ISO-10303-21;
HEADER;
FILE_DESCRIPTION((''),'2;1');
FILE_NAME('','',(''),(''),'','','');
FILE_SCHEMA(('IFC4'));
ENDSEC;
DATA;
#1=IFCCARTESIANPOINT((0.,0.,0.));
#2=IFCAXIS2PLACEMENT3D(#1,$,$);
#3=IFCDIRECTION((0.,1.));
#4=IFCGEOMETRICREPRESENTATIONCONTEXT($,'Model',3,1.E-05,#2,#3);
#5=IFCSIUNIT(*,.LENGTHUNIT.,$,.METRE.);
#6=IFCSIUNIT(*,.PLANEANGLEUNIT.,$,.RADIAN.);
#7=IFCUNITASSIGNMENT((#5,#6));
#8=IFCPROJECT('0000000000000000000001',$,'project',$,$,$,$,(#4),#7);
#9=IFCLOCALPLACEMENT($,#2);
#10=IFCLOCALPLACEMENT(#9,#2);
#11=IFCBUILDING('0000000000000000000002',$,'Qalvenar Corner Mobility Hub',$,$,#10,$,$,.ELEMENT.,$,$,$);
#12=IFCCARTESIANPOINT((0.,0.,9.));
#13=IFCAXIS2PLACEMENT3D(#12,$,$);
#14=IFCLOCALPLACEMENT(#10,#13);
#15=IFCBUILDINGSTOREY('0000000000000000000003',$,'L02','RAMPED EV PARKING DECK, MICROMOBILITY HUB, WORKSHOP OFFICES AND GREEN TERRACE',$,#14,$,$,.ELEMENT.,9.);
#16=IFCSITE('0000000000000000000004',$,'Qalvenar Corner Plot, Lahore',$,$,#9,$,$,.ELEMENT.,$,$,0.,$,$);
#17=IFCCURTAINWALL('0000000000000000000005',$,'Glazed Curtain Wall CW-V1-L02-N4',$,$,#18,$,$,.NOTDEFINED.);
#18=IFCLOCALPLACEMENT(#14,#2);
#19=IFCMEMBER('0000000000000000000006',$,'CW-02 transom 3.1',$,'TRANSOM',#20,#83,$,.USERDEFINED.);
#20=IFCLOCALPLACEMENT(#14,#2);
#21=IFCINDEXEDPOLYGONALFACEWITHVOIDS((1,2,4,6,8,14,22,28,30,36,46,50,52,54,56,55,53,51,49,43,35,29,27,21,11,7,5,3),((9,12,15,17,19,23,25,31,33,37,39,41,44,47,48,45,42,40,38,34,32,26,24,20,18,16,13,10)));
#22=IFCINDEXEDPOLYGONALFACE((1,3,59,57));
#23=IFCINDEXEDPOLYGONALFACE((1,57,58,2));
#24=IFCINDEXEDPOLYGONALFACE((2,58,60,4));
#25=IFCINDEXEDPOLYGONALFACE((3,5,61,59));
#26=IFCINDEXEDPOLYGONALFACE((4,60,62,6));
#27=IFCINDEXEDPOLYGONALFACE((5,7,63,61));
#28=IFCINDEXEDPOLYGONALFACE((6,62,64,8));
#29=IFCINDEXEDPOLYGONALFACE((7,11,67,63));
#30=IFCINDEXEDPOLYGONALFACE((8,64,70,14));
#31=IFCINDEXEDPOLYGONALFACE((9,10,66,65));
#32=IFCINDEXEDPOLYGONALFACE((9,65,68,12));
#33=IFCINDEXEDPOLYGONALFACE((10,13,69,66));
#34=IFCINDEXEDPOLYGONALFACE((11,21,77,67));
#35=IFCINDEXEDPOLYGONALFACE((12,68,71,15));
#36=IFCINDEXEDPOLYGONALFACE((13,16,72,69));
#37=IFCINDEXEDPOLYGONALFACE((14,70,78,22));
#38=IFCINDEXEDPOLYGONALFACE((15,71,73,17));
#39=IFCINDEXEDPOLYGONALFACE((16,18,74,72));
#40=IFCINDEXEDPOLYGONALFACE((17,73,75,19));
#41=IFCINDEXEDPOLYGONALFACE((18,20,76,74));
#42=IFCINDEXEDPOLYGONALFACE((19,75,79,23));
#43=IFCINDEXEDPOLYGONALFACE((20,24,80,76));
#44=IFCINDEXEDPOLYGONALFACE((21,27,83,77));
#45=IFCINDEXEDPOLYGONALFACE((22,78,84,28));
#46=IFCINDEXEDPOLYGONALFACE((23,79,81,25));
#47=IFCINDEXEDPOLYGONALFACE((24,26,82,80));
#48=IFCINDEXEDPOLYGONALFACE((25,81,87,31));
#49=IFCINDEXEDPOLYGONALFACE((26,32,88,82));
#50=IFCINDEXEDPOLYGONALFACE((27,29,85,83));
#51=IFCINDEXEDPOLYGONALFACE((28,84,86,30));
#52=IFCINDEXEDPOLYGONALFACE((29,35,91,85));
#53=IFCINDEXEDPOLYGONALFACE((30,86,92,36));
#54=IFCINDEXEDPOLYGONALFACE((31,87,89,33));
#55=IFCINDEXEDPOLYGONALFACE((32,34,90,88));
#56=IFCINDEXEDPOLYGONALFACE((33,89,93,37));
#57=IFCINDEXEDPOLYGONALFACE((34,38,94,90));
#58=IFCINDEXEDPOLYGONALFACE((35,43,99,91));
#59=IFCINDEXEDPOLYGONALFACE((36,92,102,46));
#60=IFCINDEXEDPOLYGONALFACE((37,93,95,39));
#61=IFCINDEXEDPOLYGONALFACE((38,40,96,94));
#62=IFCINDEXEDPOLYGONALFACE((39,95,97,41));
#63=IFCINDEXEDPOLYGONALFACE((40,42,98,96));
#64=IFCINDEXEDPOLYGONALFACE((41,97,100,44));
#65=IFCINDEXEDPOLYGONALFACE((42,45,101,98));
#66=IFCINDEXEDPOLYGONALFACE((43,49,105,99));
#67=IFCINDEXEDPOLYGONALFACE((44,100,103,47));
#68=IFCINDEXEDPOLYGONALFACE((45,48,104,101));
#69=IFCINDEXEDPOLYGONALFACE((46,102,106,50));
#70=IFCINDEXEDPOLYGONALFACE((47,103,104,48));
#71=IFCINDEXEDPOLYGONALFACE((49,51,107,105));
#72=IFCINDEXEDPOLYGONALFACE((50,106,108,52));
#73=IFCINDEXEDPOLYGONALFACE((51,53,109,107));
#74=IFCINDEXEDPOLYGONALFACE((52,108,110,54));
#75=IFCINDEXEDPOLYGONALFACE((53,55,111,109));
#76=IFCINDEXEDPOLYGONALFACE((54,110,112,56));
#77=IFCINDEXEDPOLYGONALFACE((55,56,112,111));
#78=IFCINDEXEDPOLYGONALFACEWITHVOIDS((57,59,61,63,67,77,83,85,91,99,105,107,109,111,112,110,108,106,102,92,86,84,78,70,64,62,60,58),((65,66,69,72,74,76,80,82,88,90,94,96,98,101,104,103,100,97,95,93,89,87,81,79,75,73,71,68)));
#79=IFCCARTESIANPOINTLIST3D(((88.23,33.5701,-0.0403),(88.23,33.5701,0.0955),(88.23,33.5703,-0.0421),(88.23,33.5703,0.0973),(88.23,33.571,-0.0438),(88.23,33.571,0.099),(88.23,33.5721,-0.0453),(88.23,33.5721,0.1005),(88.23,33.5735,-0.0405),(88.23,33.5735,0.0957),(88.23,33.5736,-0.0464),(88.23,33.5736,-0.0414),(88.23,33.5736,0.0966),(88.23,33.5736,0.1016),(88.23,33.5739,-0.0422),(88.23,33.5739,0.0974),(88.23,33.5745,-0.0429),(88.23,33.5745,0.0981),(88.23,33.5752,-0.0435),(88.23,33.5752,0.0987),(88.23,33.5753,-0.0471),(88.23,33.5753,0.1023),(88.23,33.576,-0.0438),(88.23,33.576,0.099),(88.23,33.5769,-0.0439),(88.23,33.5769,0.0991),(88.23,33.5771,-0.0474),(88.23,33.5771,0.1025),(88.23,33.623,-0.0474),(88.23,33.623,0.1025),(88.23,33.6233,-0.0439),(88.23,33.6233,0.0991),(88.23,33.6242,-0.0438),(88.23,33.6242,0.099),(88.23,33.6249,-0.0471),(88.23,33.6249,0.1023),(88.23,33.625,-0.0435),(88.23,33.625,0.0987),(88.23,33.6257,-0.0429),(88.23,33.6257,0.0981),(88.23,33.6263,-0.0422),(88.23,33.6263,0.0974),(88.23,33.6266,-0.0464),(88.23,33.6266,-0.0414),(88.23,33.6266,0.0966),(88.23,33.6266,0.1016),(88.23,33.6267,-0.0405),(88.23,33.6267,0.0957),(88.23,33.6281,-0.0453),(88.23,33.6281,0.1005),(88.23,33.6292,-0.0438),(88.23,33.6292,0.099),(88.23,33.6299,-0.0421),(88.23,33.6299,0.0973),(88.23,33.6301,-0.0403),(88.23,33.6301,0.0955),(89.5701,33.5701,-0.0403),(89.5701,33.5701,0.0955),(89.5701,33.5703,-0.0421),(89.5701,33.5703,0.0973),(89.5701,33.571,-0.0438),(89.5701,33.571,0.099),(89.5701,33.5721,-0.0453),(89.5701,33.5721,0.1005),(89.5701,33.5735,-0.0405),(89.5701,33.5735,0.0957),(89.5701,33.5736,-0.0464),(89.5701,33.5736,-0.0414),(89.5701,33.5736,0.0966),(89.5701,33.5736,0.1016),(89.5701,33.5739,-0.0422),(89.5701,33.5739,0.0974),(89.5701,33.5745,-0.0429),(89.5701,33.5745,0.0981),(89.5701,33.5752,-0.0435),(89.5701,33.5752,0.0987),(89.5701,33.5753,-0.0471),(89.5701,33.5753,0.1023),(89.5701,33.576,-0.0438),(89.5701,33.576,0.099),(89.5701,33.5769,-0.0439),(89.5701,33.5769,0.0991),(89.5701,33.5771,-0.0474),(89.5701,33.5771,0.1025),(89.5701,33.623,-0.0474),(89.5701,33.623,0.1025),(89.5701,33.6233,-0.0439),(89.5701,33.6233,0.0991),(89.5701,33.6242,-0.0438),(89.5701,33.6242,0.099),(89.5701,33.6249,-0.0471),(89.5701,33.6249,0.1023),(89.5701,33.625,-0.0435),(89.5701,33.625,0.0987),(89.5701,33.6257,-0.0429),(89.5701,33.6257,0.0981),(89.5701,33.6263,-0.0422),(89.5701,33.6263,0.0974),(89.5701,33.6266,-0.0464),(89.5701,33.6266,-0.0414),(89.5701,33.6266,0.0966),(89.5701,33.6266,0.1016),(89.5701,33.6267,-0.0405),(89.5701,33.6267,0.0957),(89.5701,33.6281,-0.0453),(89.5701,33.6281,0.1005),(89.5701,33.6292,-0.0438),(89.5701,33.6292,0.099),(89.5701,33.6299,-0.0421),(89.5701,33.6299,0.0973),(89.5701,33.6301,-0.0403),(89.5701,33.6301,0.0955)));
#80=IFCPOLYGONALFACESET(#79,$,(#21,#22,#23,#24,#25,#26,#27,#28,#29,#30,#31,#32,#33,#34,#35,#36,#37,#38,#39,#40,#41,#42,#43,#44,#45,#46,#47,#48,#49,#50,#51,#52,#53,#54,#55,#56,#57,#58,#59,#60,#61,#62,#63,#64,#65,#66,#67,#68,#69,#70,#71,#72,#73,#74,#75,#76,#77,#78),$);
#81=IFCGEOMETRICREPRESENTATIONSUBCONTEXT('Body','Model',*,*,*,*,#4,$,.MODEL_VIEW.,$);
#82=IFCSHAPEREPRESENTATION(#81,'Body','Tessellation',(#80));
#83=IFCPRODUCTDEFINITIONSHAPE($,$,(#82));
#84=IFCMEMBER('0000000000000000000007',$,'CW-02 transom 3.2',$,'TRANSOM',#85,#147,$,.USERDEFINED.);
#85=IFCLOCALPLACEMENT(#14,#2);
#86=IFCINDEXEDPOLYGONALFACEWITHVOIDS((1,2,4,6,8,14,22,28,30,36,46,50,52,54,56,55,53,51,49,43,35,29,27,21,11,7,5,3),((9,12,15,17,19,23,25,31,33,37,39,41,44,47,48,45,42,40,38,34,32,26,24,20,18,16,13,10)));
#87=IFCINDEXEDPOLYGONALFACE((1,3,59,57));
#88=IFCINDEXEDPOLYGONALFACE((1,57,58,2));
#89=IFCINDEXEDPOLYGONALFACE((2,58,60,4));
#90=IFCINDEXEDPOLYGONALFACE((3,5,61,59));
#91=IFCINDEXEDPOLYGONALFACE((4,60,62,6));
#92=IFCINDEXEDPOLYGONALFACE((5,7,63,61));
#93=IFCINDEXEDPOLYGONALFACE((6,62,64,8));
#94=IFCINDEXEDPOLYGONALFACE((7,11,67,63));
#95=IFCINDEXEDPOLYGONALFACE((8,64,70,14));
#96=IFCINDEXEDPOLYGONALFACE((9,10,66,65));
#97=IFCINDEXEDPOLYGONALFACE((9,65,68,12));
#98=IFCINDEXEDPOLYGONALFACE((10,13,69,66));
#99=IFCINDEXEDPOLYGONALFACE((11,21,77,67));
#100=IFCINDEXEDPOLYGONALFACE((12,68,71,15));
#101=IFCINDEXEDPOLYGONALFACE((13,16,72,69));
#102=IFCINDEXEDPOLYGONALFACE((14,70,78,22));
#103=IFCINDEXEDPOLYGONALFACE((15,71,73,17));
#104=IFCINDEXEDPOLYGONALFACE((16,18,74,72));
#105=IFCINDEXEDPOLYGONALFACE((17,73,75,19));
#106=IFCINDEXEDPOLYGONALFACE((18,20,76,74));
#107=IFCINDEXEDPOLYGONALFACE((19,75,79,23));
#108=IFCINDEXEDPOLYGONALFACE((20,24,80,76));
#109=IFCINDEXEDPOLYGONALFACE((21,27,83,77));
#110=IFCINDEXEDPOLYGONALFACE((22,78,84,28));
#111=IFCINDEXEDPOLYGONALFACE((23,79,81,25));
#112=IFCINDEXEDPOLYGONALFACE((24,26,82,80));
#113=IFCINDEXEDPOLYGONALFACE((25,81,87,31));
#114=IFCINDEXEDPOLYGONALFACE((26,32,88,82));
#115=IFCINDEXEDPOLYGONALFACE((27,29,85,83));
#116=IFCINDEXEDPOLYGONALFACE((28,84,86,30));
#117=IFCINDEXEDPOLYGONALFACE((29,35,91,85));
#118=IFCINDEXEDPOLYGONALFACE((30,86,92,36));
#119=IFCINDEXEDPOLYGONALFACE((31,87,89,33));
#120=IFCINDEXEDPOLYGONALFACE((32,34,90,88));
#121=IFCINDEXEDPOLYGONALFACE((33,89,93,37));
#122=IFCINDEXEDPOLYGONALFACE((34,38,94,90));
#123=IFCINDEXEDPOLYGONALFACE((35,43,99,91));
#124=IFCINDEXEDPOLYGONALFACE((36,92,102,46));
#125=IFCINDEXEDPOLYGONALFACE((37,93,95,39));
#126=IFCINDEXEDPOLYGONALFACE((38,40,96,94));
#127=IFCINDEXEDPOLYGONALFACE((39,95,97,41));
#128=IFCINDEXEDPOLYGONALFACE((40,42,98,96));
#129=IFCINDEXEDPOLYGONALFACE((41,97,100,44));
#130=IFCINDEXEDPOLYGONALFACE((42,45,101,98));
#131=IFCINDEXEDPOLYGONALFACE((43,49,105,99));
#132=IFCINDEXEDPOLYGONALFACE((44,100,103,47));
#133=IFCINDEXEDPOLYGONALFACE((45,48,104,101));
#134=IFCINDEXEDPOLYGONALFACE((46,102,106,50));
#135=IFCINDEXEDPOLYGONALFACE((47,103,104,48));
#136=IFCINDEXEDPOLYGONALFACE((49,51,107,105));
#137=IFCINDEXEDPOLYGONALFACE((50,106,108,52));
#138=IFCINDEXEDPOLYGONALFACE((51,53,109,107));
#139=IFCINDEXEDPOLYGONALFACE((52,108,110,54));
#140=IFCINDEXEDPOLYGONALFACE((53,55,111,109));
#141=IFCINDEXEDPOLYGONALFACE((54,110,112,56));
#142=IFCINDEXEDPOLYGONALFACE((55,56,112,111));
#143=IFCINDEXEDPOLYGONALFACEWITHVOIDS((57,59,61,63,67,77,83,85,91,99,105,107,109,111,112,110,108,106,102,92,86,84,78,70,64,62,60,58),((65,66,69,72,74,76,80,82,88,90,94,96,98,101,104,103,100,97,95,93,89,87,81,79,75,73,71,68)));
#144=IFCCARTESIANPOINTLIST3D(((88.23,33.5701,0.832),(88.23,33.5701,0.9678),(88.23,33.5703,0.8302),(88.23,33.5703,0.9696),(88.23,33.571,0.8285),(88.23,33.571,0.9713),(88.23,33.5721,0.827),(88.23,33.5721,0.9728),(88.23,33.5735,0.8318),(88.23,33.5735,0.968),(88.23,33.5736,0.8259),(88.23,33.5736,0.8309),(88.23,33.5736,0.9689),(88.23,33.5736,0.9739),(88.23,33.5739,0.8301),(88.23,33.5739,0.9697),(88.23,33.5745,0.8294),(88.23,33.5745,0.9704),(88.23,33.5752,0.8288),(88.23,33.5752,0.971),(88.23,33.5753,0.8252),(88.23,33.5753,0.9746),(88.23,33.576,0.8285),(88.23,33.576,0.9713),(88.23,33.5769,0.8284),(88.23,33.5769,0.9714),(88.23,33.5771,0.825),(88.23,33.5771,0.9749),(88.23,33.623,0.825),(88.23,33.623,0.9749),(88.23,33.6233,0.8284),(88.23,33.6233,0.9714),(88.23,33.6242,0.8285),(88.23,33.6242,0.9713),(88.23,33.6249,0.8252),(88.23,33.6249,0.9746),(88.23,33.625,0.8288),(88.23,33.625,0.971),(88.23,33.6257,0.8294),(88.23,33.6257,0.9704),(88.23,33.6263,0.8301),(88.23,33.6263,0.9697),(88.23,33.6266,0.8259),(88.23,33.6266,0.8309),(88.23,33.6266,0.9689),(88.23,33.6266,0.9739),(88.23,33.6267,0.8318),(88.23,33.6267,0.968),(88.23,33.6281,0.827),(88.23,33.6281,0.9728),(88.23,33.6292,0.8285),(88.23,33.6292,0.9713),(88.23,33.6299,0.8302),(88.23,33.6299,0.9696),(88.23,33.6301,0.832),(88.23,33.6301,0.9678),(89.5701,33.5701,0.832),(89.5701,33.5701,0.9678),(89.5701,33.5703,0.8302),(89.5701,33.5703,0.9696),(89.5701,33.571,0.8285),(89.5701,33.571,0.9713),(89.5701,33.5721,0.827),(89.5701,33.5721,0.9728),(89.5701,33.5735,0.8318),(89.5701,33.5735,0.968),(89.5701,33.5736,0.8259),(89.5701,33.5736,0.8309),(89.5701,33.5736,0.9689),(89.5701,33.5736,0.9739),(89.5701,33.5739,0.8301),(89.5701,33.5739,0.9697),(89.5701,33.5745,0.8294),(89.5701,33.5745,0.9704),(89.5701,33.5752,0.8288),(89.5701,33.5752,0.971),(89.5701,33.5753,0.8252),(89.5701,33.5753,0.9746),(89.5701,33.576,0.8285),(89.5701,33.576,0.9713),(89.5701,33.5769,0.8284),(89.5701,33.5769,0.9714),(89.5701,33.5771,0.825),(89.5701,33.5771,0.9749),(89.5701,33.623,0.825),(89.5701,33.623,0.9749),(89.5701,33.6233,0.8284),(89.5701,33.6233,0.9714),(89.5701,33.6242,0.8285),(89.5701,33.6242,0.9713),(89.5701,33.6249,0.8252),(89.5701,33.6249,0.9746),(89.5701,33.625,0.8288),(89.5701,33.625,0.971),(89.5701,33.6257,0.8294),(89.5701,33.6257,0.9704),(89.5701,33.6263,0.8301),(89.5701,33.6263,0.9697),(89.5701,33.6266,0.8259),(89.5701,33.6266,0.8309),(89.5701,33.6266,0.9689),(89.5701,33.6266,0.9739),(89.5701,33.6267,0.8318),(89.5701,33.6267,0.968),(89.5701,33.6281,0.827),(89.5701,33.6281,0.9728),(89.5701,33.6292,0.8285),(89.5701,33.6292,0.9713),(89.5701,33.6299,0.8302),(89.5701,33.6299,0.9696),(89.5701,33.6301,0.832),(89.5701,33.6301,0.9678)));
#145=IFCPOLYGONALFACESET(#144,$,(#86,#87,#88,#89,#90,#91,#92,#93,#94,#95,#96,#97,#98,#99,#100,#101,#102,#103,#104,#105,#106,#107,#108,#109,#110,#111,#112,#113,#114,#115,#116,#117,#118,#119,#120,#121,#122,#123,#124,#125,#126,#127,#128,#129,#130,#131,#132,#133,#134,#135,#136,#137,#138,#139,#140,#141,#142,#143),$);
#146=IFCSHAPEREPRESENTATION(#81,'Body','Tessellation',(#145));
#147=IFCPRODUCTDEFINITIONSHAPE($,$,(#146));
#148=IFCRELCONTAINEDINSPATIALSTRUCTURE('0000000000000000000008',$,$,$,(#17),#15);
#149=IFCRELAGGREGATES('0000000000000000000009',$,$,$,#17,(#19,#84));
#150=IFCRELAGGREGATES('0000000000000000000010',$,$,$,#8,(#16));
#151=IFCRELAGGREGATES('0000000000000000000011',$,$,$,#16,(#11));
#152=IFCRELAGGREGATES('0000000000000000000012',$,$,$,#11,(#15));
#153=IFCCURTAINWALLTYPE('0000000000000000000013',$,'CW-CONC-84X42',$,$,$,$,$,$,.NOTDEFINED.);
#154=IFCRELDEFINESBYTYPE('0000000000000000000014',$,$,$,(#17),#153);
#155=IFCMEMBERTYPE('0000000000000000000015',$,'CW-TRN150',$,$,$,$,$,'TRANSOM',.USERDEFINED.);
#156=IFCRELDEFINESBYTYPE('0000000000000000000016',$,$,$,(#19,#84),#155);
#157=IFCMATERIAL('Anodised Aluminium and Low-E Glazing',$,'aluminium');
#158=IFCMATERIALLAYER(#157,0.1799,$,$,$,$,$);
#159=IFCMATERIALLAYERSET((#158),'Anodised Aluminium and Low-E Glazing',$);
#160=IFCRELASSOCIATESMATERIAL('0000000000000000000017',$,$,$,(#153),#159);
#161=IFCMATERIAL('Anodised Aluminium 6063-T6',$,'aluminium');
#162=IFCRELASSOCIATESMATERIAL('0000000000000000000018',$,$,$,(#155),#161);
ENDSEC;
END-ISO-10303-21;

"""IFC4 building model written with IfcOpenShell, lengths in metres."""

from ifc_helpers import new_model, si_unit, direction, frame, origin, origin_2d, place, context, subcontext, project, spatial, hollow_rectangle, extrude, material, layer, layer_set, material_profile, profile_set, type_object, element, aggregate, save


model = new_model("IFC4")

# Units and contexts
model_context = context("Model", 3, precision=1e-05, world=origin(), true_north=direction((0.0, 1.0)))
body_context = subcontext(model_context, "Body", "Model", "MODEL_VIEW")
ifc_project = project(units=[si_unit("LENGTHUNIT", "METRE"), si_unit("PLANEANGLEUNIT", "RADIAN")], contexts=[model_context])

# Site, building, storey
site_placement = place(None, origin())
site = spatial("IfcSite", under=ifc_project, at=site_placement, Name="Qalvenar Corner Plot, Lahore", CompositionType="ELEMENT", RefElevation=0.0)
building_placement = place(site_placement, origin())
building = spatial("IfcBuilding", under=site, at=building_placement, Name="Qalvenar Corner Mobility Hub", CompositionType="ELEMENT")
storey_placement = place(building_placement, frame((0.0, 0.0, 9.0)))
storey = spatial("IfcBuildingStorey", under=building, at=storey_placement, Name="L02", Description="RAMPED EV PARKING DECK, MICROMOBILITY HUB, WORKSHOP OFFICES AND GREEN TERRACE", CompositionType="ELEMENT", Elevation=9.0)

# Curtain wall, members
ifc_material_1 = material(Name="Anodised Aluminium and Low-E Glazing", Category="aluminium")
ifc_layer_1 = layer(ifc_material_1, 0.1799)
ifc_layer_set_1 = layer_set([ifc_layer_1], Name="Anodised Aluminium and Low-E Glazing")
curtain_wall_type = type_object("IfcCurtainWallType", Name="CW-CONC-84X42", PredefinedType="NOTDEFINED", material=ifc_layer_set_1)
curtain_wall_placement = place(storey_placement, origin())
curtain_wall = element("IfcCurtainWall", 1, at=curtain_wall_placement, inside=storey, type_object=curtain_wall_type, Name="Glazed Curtain Wall CW-V1-L02-N4", PredefinedType="NOTDEFINED")
ifc_material_2 = material(Name="Anodised Aluminium 6063-T6", Category="aluminium")
ifc_material_profile_1 = material_profile(ifc_material_2, hollow_rectangle(XDim=0.0601, YDim=0.1499, WallThickness=0.0034, InnerFilletRadius=0.0034, OuterFilletRadius=0.0071, at=origin_2d()), Name="RHS150x60x3.5")
ifc_profile_set_1 = profile_set([ifc_material_profile_1], Name="Anodised Aluminium 6063-T6")
member_type_1 = type_object("IfcMemberType", Name="CW-TRN150", ElementType="TRANSOM", PredefinedType="USERDEFINED", material=ifc_profile_set_1)
member_1_placement = place(storey_placement, frame((89.5701, 33.6001, 0.0276), z_axis=(-1.0, 0.0, 0.0), x_axis=(0.0, -1.0, 0.0)))
member_1 = element("IfcMember", 2, at=member_1_placement, type_object=member_type_1, Name="CW-02 transom 3.1", ObjectType="TRANSOM", PredefinedType="USERDEFINED", context=body_context, shape_type="SweptSolid", body=[
    extrude(hollow_rectangle(XDim=0.0601, YDim=0.1499, WallThickness=0.0034, InnerFilletRadius=0.0034, OuterFilletRadius=0.0071, at=origin_2d()), origin(), (0.0, 0.0, 1.0), 1.3401),
])
member_2_placement = place(storey_placement, frame((89.5701, 33.6001, 0.8999), z_axis=(-1.0, 0.0, 0.0), x_axis=(0.0, -1.0, 0.0)))
member_2 = element("IfcMember", 3, at=member_2_placement, type_object=member_type_1, Name="CW-02 transom 3.2", ObjectType="TRANSOM", PredefinedType="USERDEFINED", context=body_context, shape_type="SweptSolid", body=[
    extrude(hollow_rectangle(XDim=0.0601, YDim=0.1499, WallThickness=0.0034, InnerFilletRadius=0.0034, OuterFilletRadius=0.0071, at=origin_2d()), origin(), (0.0, 0.0, 1.0), 1.3401),
])
aggregate(curtain_wall, [member_1, member_2])

save(model, "model.ifc")
